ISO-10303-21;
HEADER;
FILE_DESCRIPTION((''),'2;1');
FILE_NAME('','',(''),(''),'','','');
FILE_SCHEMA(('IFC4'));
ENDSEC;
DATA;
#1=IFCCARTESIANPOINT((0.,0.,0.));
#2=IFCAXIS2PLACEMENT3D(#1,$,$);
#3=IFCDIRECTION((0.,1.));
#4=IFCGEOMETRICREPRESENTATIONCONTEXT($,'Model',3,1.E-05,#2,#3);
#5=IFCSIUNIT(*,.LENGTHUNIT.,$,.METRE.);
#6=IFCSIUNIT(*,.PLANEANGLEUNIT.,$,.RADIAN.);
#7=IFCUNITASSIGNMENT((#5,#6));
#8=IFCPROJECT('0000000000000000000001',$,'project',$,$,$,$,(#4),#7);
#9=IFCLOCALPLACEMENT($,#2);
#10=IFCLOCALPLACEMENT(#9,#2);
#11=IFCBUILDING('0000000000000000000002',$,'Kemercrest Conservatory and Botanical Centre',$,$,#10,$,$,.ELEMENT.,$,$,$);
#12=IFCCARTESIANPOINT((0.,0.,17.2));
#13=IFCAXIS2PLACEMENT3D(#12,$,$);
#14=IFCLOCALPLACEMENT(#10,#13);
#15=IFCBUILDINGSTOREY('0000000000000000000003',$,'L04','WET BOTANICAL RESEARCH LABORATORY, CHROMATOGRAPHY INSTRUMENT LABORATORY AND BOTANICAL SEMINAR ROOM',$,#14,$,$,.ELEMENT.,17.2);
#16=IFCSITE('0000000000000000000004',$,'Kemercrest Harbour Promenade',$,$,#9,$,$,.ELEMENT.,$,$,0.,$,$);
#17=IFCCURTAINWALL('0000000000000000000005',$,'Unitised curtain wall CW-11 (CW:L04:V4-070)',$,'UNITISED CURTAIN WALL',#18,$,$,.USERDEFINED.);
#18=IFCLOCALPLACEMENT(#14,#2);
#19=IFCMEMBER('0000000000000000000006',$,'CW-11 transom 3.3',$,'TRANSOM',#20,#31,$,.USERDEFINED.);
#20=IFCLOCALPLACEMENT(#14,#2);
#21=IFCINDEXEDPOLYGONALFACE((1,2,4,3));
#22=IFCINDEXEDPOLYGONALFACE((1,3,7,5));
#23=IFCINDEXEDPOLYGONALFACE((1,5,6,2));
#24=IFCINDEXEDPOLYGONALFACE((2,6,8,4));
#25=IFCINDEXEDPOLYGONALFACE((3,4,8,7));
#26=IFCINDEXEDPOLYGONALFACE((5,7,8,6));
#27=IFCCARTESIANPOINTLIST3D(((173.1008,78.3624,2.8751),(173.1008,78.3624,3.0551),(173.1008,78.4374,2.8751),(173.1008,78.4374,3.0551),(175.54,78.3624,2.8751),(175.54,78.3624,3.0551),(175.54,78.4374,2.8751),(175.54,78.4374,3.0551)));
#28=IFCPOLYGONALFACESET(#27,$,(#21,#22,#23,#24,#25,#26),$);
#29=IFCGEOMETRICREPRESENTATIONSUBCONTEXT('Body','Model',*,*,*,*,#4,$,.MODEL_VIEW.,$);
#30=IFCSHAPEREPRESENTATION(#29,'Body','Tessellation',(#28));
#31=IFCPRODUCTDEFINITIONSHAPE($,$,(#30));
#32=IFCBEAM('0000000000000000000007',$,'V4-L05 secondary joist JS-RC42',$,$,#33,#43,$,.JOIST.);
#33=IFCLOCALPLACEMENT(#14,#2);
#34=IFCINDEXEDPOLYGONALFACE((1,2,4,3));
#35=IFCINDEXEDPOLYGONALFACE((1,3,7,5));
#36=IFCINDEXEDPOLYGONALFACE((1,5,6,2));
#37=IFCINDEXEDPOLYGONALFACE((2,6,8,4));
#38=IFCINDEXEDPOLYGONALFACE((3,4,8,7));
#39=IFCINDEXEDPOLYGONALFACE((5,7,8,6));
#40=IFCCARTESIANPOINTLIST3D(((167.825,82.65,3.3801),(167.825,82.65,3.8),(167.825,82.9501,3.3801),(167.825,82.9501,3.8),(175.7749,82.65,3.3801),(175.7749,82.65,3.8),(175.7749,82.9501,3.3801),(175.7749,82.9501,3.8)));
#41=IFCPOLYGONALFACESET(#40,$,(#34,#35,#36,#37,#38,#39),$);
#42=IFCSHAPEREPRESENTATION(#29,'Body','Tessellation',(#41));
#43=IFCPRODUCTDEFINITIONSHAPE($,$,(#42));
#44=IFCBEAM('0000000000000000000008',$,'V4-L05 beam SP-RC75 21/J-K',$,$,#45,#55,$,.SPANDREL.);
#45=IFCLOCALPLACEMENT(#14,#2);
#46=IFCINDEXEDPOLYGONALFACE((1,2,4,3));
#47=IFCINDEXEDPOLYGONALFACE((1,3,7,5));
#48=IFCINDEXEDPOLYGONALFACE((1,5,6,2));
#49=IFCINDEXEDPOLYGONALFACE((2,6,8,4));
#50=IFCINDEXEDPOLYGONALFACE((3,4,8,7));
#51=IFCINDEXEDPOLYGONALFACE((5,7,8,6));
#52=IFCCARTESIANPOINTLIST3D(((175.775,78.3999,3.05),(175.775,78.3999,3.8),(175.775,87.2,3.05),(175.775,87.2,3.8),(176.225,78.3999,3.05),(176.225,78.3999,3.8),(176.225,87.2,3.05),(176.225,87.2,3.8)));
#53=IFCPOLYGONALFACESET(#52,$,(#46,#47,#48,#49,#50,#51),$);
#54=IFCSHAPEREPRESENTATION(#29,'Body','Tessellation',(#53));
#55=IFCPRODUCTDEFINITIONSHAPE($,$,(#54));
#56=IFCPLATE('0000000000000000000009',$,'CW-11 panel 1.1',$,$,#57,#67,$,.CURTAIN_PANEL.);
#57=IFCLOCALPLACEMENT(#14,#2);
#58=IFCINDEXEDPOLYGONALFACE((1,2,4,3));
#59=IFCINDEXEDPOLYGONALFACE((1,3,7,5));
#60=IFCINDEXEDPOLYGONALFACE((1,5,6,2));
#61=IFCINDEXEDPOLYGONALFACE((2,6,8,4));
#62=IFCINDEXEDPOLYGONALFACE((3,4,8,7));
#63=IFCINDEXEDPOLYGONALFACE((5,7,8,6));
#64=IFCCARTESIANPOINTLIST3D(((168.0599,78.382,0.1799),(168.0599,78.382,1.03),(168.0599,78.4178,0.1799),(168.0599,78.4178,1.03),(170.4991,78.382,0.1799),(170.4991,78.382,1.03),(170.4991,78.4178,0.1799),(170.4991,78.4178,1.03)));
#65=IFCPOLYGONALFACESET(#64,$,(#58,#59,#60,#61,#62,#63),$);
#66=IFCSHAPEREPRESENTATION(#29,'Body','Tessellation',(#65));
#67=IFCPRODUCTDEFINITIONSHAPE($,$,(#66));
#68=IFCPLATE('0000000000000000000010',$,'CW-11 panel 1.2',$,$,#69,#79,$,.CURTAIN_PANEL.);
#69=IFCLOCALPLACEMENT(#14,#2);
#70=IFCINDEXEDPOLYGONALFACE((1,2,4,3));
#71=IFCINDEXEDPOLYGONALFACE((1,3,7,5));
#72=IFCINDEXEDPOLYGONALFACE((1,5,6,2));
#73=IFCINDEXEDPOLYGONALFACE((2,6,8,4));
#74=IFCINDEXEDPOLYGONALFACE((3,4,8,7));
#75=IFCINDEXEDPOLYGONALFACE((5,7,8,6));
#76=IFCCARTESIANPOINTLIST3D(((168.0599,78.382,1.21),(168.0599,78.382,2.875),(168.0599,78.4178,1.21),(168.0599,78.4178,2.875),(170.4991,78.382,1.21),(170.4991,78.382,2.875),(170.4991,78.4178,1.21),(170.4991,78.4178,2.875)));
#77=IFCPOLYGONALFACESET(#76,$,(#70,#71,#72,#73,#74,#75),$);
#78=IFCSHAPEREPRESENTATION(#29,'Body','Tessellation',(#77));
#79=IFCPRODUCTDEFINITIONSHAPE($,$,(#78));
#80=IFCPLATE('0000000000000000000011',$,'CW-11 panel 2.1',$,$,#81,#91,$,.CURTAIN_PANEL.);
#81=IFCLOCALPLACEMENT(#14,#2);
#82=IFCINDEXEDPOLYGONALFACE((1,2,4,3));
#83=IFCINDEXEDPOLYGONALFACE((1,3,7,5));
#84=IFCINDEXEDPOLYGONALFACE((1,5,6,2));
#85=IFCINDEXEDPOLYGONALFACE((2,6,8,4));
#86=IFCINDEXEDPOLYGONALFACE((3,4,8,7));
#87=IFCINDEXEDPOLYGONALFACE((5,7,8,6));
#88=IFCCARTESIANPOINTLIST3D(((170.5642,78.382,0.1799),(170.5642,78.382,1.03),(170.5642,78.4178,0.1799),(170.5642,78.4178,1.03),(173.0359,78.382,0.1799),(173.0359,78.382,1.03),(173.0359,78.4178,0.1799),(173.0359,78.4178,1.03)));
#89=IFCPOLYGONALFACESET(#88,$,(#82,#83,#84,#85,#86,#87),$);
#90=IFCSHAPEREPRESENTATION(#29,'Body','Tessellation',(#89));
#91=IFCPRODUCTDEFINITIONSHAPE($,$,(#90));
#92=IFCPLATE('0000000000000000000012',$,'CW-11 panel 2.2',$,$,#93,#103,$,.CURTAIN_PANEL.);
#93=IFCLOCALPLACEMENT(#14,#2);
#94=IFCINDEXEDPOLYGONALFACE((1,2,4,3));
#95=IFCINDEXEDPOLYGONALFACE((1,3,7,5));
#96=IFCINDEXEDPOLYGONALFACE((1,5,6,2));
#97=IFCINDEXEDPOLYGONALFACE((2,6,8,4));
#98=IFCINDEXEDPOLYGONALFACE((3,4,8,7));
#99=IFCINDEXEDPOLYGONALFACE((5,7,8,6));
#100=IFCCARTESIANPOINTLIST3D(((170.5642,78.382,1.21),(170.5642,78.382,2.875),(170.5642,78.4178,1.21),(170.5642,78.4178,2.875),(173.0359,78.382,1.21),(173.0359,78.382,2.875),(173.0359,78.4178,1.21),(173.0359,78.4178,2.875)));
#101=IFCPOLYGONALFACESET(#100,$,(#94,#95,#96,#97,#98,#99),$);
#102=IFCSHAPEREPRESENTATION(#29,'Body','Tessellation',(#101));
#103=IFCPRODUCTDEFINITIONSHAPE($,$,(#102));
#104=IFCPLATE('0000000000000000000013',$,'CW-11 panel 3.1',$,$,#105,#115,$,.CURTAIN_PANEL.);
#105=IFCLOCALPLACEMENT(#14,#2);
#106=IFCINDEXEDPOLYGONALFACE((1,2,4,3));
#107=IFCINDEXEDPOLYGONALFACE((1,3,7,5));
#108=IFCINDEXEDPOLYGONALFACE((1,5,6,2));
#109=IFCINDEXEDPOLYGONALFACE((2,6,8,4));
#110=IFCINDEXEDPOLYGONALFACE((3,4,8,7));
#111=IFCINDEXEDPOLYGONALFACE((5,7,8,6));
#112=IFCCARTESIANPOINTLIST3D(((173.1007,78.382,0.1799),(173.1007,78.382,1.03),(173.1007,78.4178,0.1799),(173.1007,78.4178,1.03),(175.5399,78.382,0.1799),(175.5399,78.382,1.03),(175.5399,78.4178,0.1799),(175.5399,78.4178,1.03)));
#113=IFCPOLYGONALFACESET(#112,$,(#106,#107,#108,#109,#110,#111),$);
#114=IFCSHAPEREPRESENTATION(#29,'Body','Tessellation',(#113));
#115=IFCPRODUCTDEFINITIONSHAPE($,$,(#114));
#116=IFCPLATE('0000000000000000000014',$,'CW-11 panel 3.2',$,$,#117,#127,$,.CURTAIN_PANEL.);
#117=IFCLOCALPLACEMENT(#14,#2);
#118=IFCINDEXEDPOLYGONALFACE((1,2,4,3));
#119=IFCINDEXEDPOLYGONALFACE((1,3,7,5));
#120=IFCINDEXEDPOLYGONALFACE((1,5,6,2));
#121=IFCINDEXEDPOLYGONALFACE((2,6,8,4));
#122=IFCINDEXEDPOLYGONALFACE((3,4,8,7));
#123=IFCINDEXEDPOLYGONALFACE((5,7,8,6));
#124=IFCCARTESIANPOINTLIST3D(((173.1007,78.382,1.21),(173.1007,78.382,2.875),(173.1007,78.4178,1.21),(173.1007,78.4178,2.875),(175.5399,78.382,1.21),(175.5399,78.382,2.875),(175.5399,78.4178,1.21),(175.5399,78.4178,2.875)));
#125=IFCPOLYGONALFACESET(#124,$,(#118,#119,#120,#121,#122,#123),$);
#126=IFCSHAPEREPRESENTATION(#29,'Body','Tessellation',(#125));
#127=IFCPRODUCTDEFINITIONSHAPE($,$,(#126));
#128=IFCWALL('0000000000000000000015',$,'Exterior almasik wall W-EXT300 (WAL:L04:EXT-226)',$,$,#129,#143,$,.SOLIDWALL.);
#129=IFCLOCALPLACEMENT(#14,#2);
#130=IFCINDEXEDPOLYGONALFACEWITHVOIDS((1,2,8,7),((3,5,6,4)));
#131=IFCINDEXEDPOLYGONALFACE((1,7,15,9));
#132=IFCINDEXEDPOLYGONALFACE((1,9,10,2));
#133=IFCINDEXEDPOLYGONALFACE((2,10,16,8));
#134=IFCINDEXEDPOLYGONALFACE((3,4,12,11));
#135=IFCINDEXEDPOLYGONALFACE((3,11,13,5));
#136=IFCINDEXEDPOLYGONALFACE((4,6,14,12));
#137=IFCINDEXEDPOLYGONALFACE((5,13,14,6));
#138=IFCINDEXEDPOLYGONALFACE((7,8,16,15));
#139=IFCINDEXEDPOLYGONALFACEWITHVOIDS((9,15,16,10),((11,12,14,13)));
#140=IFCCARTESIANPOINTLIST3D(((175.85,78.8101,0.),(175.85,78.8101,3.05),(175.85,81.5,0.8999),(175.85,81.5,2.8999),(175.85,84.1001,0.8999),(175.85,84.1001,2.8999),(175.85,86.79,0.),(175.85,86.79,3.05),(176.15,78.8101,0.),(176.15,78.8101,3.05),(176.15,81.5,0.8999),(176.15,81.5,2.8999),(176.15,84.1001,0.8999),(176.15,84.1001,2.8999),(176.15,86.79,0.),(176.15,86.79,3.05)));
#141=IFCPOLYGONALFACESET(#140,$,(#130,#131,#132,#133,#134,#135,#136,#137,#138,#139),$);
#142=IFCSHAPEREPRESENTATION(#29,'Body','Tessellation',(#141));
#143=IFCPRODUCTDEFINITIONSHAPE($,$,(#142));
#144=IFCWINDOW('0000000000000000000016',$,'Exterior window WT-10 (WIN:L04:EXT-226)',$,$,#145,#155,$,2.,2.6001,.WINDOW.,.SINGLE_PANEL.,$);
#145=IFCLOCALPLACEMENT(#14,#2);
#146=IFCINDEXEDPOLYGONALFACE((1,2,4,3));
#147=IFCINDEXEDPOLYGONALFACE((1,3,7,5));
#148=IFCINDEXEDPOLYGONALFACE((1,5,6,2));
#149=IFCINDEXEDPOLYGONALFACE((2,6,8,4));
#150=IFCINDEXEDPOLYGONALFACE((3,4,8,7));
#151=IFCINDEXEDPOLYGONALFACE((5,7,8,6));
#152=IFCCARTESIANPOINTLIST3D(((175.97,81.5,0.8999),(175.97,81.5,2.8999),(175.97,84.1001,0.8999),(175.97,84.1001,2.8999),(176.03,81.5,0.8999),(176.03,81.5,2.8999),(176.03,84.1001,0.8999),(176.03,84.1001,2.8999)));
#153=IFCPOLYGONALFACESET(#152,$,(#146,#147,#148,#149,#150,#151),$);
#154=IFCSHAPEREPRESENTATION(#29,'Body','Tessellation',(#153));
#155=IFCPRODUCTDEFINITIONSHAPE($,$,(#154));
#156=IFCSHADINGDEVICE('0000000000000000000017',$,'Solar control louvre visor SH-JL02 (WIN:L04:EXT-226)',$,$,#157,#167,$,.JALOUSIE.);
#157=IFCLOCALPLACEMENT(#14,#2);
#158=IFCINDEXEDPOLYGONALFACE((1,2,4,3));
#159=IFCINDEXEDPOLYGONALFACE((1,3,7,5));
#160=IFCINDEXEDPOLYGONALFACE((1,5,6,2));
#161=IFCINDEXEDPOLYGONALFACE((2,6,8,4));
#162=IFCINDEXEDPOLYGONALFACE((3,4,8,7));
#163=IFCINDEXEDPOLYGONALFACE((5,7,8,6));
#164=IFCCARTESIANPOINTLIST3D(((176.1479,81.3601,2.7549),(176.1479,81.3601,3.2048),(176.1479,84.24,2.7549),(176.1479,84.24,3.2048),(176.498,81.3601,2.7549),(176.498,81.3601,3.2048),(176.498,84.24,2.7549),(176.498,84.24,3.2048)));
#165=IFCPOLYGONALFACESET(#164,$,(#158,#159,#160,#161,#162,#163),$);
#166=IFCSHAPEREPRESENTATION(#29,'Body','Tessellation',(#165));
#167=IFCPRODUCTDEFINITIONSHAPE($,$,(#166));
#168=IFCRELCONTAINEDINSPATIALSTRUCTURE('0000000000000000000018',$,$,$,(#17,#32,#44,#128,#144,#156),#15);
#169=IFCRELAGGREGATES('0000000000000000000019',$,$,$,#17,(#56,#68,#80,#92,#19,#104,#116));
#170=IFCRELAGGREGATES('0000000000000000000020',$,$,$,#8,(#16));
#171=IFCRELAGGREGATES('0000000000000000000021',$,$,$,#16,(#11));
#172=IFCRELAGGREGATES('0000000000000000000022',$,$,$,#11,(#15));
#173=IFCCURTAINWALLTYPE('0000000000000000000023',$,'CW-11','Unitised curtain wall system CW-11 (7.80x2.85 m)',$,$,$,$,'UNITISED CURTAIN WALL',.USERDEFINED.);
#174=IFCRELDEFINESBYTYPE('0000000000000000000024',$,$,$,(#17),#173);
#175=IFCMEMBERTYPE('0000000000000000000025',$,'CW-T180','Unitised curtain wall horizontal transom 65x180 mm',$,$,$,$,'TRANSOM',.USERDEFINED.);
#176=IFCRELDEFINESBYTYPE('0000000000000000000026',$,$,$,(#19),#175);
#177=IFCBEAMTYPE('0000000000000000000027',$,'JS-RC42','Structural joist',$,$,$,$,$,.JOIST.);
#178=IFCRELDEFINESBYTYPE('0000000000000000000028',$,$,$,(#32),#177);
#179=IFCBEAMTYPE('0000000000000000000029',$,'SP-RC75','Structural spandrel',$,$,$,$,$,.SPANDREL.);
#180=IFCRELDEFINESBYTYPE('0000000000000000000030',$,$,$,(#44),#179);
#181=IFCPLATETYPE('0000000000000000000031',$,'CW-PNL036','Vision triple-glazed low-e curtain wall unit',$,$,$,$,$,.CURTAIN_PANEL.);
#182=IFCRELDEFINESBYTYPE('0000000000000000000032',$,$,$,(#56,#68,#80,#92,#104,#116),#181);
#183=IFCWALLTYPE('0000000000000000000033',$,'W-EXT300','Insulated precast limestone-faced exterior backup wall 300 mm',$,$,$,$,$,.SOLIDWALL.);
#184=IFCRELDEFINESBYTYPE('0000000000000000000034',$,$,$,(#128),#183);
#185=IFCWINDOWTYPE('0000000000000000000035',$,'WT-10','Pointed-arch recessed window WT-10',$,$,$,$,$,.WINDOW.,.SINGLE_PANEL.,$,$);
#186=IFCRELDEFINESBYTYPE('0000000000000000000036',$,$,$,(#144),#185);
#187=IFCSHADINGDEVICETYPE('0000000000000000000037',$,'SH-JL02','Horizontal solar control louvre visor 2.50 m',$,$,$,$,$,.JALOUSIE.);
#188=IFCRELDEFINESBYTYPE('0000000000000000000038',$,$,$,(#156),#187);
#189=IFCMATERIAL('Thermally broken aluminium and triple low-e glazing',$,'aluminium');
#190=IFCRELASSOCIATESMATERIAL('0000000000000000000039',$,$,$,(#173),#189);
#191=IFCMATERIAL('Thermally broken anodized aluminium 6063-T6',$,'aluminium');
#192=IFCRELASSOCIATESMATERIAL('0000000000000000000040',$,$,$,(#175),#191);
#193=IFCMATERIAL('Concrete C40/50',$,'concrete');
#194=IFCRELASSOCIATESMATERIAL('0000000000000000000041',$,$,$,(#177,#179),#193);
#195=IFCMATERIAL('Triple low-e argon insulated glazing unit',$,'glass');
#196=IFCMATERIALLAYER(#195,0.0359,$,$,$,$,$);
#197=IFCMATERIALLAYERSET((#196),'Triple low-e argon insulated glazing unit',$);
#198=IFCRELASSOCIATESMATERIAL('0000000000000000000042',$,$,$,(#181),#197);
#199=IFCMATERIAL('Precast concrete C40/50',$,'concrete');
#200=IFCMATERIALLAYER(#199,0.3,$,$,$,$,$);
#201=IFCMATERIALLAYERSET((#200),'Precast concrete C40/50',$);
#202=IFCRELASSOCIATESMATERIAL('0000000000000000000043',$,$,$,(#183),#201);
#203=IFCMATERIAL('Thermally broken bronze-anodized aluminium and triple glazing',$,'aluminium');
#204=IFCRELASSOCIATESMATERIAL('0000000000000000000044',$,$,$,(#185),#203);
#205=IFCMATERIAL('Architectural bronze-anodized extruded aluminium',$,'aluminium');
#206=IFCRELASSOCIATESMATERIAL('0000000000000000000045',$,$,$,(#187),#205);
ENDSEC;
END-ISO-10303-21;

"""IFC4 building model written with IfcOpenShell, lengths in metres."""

from ifc_helpers import new_model, si_unit, direction, frame, frame_2d, origin, origin_2d, place, context, subcontext, project, spatial, rectangle, extrude, material, layer, layer_set, material_profile, profile_set, type_object, element, fill, aggregate, save


model = new_model("IFC4")

# Units and contexts
model_context = context("Model", 3, precision=1e-05, world=origin(), true_north=direction((0.0, 1.0)))
body_context = subcontext(model_context, "Body", "Model", "MODEL_VIEW")
ifc_project = project(units=[si_unit("LENGTHUNIT", "METRE"), si_unit("PLANEANGLEUNIT", "RADIAN")], contexts=[model_context])

# Site, building, storey
site_placement = place(None, origin())
site = spatial("IfcSite", under=ifc_project, at=site_placement, Name="Kemercrest Harbour Promenade", CompositionType="ELEMENT", RefElevation=0.0)
building_placement = place(site_placement, origin())
building = spatial("IfcBuilding", under=site, at=building_placement, Name="Kemercrest Conservatory and Botanical Centre", CompositionType="ELEMENT")
storey_placement = place(building_placement, frame((0.0, 0.0, 17.2)))
storey = spatial("IfcBuildingStorey", under=building, at=storey_placement, Name="L04", Description="WET BOTANICAL RESEARCH LABORATORY, CHROMATOGRAPHY INSTRUMENT LABORATORY AND BOTANICAL SEMINAR ROOM", CompositionType="ELEMENT", Elevation=17.2)

# Shared definitions
ifc_material_1 = material(Name="Concrete C40/50", Category="concrete")

# Curtain wall, member
ifc_material_2 = material(Name="Thermally broken aluminium and triple low-e glazing", Category="aluminium")
curtain_wall_type = type_object("IfcCurtainWallType", Name="CW-11", Description="Unitised curtain wall system CW-11 (7.80x2.85 m)", ElementType="UNITISED CURTAIN WALL", PredefinedType="USERDEFINED", material=ifc_material_2)
curtain_wall_placement = place(storey_placement, origin())
curtain_wall = element("IfcCurtainWall", 1, at=curtain_wall_placement, inside=storey, type_object=curtain_wall_type, Name="Unitised curtain wall CW-11 (CW:L04:V4-070)", ObjectType="UNITISED CURTAIN WALL", PredefinedType="USERDEFINED")
ifc_material_3 = material(Name="Thermally broken anodized aluminium 6063-T6", Category="aluminium")
ifc_material_profile_1 = material_profile(ifc_material_3, rectangle(XDim=0.075, YDim=0.1799, at=origin_2d()), Name="AL TRANSOM 75x180")
ifc_profile_set_1 = profile_set([ifc_material_profile_1], Name="Thermally broken anodized aluminium 6063-T6")
member_type_1 = type_object("IfcMemberType", Name="CW-T180", Description="Unitised curtain wall horizontal transom 65x180 mm", ElementType="TRANSOM", PredefinedType="USERDEFINED", material=ifc_profile_set_1)
member_1_placement = place(storey_placement, frame((173.1008, 78.3999, 2.9651), z_axis=(1.0, 0.0, 0.0), x_axis=(0.0, 1.0, 0.0)))
member_1 = element("IfcMember", 2, at=member_1_placement, type_object=member_type_1, Name="CW-11 transom 3.3", ObjectType="TRANSOM", PredefinedType="USERDEFINED", context=body_context, shape_type="SweptSolid", body=[
    extrude(rectangle(XDim=0.075, YDim=0.1799, at=origin_2d()), origin(), (0.0, 0.0, 1.0), 2.4392),
])

# Beams
ifc_material_profile_2 = material_profile(ifc_material_1, rectangle(XDim=0.3, YDim=0.4199, at=origin_2d()), Name="RC 300x420")
ifc_profile_set_2 = profile_set([ifc_material_profile_2], Name="Concrete C40/50")
beam_type_1 = type_object("IfcBeamType", Name="JS-RC42", Description="Structural joist", PredefinedType="JOIST", material=ifc_profile_set_2)
beam_1_placement = place(storey_placement, frame((167.825, 82.8, 3.5901), z_axis=(1.0, 0.0, 0.0), x_axis=(0.0, 1.0, 0.0)))
element("IfcBeam", 3, at=beam_1_placement, inside=storey, type_object=beam_type_1, Name="V4-L05 secondary joist JS-RC42", PredefinedType="JOIST", context=body_context, shape_type="SweptSolid", body=[
    extrude(rectangle(XDim=0.3, YDim=0.4199, at=origin_2d()), origin(), (0.0, 0.0, 1.0), 7.95),
])
ifc_material_profile_3 = material_profile(ifc_material_1, rectangle(XDim=0.45, YDim=0.75, at=origin_2d()), Name="RC 450x750")
ifc_profile_set_3 = profile_set([ifc_material_profile_3], Name="Concrete C40/50")
beam_type_2 = type_object("IfcBeamType", Name="SP-RC75", Description="Structural spandrel", PredefinedType="SPANDREL", material=ifc_profile_set_3)
beam_2_placement = place(storey_placement, frame((176.0, 78.3999, 3.425), z_axis=(0.0, 1.0, 0.0), x_axis=(-1.0, 0.0, 0.0)))
element("IfcBeam", 4, at=beam_2_placement, inside=storey, type_object=beam_type_2, Name="V4-L05 beam SP-RC75 21/J-K", PredefinedType="SPANDREL", context=body_context, shape_type="SweptSolid", body=[
    extrude(rectangle(XDim=0.45, YDim=0.75, at=origin_2d()), origin(), (0.0, 0.0, 1.0), 8.8),
])

# Plates
ifc_material_4 = material(Name="Triple low-e argon insulated glazing unit", Category="glass")
ifc_layer_1 = layer(ifc_material_4, 0.0359)
ifc_layer_set_1 = layer_set([ifc_layer_1], Name="Triple low-e argon insulated glazing unit")
plate_type = type_object("IfcPlateType", Name="CW-PNL036", Description="Vision triple-glazed low-e curtain wall unit", PredefinedType="CURTAIN_PANEL", material=ifc_layer_set_1)
plate_1_placement = place(storey_placement, frame((169.2795, 78.3999, 0.1799), z_axis=(0.0, 0.0, 1.0), x_axis=(1.0, 0.0, 0.0)))
plate_1 = element("IfcPlate", 5, at=plate_1_placement, type_object=plate_type, Name="CW-11 panel 1.1", PredefinedType="CURTAIN_PANEL", context=body_context, shape_type="SweptSolid", body=[
    extrude(rectangle(XDim=2.4392, YDim=0.0359, at=origin_2d()), origin(), (0.0, 0.0, 1.0), 0.8501),
])
plate_2_placement = place(storey_placement, frame((169.2795, 78.3999, 1.21), z_axis=(0.0, 0.0, 1.0), x_axis=(1.0, 0.0, 0.0)))
plate_2 = element("IfcPlate", 6, at=plate_2_placement, type_object=plate_type, Name="CW-11 panel 1.2", PredefinedType="CURTAIN_PANEL", context=body_context, shape_type="SweptSolid", body=[
    extrude(rectangle(XDim=2.4392, YDim=0.0359, at=origin_2d()), origin(), (0.0, 0.0, 1.0), 1.665),
])
plate_3_placement = place(storey_placement, frame((171.8, 78.3999, 0.1799), z_axis=(0.0, 0.0, 1.0), x_axis=(1.0, 0.0, 0.0)))
plate_3 = element("IfcPlate", 7, at=plate_3_placement, type_object=plate_type, Name="CW-11 panel 2.1", PredefinedType="CURTAIN_PANEL", context=body_context, shape_type="SweptSolid", body=[
    extrude(rectangle(XDim=2.4717, YDim=0.0359, at=origin_2d()), origin(), (0.0, 0.0, 1.0), 0.8501),
])
plate_4_placement = place(storey_placement, frame((171.8, 78.3999, 1.21), z_axis=(0.0, 0.0, 1.0), x_axis=(1.0, 0.0, 0.0)))
plate_4 = element("IfcPlate", 8, at=plate_4_placement, type_object=plate_type, Name="CW-11 panel 2.2", PredefinedType="CURTAIN_PANEL", context=body_context, shape_type="SweptSolid", body=[
    extrude(rectangle(XDim=2.4717, YDim=0.0359, at=origin_2d()), origin(), (0.0, 0.0, 1.0), 1.665),
])
plate_5_placement = place(storey_placement, frame((174.3203, 78.3999, 0.1799), z_axis=(0.0, 0.0, 1.0), x_axis=(1.0, 0.0, 0.0)))
plate_5 = element("IfcPlate", 9, at=plate_5_placement, type_object=plate_type, Name="CW-11 panel 3.1", PredefinedType="CURTAIN_PANEL", context=body_context, shape_type="SweptSolid", body=[
    extrude(rectangle(XDim=2.4392, YDim=0.0359, at=origin_2d()), origin(), (0.0, 0.0, 1.0), 0.8501),
])
plate_6_placement = place(storey_placement, frame((174.3203, 78.3999, 1.21), z_axis=(0.0, 0.0, 1.0), x_axis=(1.0, 0.0, 0.0)))
plate_6 = element("IfcPlate", 10, at=plate_6_placement, type_object=plate_type, Name="CW-11 panel 3.2", PredefinedType="CURTAIN_PANEL", context=body_context, shape_type="SweptSolid", body=[
    extrude(rectangle(XDim=2.4392, YDim=0.0359, at=origin_2d()), origin(), (0.0, 0.0, 1.0), 1.665),
])
aggregate(curtain_wall, [plate_1, plate_2, plate_3, plate_4, member_1, plate_5, plate_6])

# Wall, opening, window
ifc_material_5 = material(Name="Precast concrete C40/50", Category="concrete")
ifc_layer_2 = layer(ifc_material_5, 0.3)
ifc_layer_set_2 = layer_set([ifc_layer_2], Name="Precast concrete C40/50")
wall_type = type_object("IfcWallType", Name="W-EXT300", Description="Insulated precast limestone-faced exterior backup wall 300 mm", PredefinedType="SOLIDWALL", material=ifc_layer_set_2)
wall_placement = place(storey_placement, frame((176.0, 78.8101, 0.0), z_axis=(0.0, 0.0, 1.0), x_axis=(0.0, 1.0, 0.0)))
wall = element("IfcWall", 11, at=wall_placement, inside=storey, type_object=wall_type, Name="Exterior almasik wall W-EXT300 (WAL:L04:EXT-226)", PredefinedType="SOLIDWALL", context=body_context, shape_type="SweptSolid", body=[
    extrude(rectangle(XDim=7.98, YDim=0.3, at=frame_2d((3.99, 0.0))), origin(), (0.0, 0.0, 1.0), 3.05),
])
opening_placement = place(wall_placement, frame((2.6899, 0.0, 0.8999)))
opening = element("IfcOpeningElement", 12, at=opening_placement, cuts=wall, PredefinedType="OPENING", context=body_context, shape_type="SweptSolid", body=[
    extrude(rectangle(XDim=2.6001, YDim=2.0, at=frame_2d((1.3, 1.0))), frame((0.0, 0.1602, 0.0), z_axis=(0.0, -1.0, 0.0), x_axis=(1.0, 0.0, 0.0)), (0.0, 0.0, 1.0), 0.3201),
])
ifc_material_6 = material(Name="Thermally broken bronze-anodized aluminium and triple glazing", Category="aluminium")
window_type = type_object("IfcWindowType", Name="WT-10", Description="Pointed-arch recessed window WT-10", PartitioningType="SINGLE_PANEL", PredefinedType="WINDOW", material=ifc_material_6)
window_placement = place(opening_placement, origin())
window = element("IfcWindow", 13, at=window_placement, inside=storey, type_object=window_type, Name="Exterior window WT-10 (WIN:L04:EXT-226)", OverallHeight=2.0, OverallWidth=2.6001, PartitioningType="SINGLE_PANEL", PredefinedType="WINDOW", context=body_context, shape_type="SweptSolid", body=[
    extrude(rectangle(XDim=2.6001, YDim=2.0, at=frame_2d((1.3, 1.0))), frame((0.0, 0.03, 0.0), z_axis=(0.0, -1.0, 0.0), x_axis=(1.0, 0.0, 0.0)), (0.0, 0.0, 1.0), 0.0601),
])
fill(opening, window)

# Shading device
ifc_material_7 = material(Name="Architectural bronze-anodized extruded aluminium", Category="aluminium")
shading_device_type = type_object("IfcShadingDeviceType", Name="SH-JL02", Description="Horizontal solar control louvre visor 2.50 m", PredefinedType="JALOUSIE", material=ifc_material_7)
shading_device_placement = place(storey_placement, frame((176.323, 82.8, 2.7549), z_axis=(0.0, 0.0, 1.0), x_axis=(0.0, 1.0, 0.0)))
element("IfcShadingDevice", 14, at=shading_device_placement, inside=storey, type_object=shading_device_type, Name="Solar control louvre visor SH-JL02 (WIN:L04:EXT-226)", PredefinedType="JALOUSIE", context=body_context, shape_type="SweptSolid", body=[
    extrude(rectangle(XDim=2.8799, YDim=0.3501, at=origin_2d()), origin(), (0.0, 0.0, 1.0), 0.45),
])

save(model, "model.ifc")
